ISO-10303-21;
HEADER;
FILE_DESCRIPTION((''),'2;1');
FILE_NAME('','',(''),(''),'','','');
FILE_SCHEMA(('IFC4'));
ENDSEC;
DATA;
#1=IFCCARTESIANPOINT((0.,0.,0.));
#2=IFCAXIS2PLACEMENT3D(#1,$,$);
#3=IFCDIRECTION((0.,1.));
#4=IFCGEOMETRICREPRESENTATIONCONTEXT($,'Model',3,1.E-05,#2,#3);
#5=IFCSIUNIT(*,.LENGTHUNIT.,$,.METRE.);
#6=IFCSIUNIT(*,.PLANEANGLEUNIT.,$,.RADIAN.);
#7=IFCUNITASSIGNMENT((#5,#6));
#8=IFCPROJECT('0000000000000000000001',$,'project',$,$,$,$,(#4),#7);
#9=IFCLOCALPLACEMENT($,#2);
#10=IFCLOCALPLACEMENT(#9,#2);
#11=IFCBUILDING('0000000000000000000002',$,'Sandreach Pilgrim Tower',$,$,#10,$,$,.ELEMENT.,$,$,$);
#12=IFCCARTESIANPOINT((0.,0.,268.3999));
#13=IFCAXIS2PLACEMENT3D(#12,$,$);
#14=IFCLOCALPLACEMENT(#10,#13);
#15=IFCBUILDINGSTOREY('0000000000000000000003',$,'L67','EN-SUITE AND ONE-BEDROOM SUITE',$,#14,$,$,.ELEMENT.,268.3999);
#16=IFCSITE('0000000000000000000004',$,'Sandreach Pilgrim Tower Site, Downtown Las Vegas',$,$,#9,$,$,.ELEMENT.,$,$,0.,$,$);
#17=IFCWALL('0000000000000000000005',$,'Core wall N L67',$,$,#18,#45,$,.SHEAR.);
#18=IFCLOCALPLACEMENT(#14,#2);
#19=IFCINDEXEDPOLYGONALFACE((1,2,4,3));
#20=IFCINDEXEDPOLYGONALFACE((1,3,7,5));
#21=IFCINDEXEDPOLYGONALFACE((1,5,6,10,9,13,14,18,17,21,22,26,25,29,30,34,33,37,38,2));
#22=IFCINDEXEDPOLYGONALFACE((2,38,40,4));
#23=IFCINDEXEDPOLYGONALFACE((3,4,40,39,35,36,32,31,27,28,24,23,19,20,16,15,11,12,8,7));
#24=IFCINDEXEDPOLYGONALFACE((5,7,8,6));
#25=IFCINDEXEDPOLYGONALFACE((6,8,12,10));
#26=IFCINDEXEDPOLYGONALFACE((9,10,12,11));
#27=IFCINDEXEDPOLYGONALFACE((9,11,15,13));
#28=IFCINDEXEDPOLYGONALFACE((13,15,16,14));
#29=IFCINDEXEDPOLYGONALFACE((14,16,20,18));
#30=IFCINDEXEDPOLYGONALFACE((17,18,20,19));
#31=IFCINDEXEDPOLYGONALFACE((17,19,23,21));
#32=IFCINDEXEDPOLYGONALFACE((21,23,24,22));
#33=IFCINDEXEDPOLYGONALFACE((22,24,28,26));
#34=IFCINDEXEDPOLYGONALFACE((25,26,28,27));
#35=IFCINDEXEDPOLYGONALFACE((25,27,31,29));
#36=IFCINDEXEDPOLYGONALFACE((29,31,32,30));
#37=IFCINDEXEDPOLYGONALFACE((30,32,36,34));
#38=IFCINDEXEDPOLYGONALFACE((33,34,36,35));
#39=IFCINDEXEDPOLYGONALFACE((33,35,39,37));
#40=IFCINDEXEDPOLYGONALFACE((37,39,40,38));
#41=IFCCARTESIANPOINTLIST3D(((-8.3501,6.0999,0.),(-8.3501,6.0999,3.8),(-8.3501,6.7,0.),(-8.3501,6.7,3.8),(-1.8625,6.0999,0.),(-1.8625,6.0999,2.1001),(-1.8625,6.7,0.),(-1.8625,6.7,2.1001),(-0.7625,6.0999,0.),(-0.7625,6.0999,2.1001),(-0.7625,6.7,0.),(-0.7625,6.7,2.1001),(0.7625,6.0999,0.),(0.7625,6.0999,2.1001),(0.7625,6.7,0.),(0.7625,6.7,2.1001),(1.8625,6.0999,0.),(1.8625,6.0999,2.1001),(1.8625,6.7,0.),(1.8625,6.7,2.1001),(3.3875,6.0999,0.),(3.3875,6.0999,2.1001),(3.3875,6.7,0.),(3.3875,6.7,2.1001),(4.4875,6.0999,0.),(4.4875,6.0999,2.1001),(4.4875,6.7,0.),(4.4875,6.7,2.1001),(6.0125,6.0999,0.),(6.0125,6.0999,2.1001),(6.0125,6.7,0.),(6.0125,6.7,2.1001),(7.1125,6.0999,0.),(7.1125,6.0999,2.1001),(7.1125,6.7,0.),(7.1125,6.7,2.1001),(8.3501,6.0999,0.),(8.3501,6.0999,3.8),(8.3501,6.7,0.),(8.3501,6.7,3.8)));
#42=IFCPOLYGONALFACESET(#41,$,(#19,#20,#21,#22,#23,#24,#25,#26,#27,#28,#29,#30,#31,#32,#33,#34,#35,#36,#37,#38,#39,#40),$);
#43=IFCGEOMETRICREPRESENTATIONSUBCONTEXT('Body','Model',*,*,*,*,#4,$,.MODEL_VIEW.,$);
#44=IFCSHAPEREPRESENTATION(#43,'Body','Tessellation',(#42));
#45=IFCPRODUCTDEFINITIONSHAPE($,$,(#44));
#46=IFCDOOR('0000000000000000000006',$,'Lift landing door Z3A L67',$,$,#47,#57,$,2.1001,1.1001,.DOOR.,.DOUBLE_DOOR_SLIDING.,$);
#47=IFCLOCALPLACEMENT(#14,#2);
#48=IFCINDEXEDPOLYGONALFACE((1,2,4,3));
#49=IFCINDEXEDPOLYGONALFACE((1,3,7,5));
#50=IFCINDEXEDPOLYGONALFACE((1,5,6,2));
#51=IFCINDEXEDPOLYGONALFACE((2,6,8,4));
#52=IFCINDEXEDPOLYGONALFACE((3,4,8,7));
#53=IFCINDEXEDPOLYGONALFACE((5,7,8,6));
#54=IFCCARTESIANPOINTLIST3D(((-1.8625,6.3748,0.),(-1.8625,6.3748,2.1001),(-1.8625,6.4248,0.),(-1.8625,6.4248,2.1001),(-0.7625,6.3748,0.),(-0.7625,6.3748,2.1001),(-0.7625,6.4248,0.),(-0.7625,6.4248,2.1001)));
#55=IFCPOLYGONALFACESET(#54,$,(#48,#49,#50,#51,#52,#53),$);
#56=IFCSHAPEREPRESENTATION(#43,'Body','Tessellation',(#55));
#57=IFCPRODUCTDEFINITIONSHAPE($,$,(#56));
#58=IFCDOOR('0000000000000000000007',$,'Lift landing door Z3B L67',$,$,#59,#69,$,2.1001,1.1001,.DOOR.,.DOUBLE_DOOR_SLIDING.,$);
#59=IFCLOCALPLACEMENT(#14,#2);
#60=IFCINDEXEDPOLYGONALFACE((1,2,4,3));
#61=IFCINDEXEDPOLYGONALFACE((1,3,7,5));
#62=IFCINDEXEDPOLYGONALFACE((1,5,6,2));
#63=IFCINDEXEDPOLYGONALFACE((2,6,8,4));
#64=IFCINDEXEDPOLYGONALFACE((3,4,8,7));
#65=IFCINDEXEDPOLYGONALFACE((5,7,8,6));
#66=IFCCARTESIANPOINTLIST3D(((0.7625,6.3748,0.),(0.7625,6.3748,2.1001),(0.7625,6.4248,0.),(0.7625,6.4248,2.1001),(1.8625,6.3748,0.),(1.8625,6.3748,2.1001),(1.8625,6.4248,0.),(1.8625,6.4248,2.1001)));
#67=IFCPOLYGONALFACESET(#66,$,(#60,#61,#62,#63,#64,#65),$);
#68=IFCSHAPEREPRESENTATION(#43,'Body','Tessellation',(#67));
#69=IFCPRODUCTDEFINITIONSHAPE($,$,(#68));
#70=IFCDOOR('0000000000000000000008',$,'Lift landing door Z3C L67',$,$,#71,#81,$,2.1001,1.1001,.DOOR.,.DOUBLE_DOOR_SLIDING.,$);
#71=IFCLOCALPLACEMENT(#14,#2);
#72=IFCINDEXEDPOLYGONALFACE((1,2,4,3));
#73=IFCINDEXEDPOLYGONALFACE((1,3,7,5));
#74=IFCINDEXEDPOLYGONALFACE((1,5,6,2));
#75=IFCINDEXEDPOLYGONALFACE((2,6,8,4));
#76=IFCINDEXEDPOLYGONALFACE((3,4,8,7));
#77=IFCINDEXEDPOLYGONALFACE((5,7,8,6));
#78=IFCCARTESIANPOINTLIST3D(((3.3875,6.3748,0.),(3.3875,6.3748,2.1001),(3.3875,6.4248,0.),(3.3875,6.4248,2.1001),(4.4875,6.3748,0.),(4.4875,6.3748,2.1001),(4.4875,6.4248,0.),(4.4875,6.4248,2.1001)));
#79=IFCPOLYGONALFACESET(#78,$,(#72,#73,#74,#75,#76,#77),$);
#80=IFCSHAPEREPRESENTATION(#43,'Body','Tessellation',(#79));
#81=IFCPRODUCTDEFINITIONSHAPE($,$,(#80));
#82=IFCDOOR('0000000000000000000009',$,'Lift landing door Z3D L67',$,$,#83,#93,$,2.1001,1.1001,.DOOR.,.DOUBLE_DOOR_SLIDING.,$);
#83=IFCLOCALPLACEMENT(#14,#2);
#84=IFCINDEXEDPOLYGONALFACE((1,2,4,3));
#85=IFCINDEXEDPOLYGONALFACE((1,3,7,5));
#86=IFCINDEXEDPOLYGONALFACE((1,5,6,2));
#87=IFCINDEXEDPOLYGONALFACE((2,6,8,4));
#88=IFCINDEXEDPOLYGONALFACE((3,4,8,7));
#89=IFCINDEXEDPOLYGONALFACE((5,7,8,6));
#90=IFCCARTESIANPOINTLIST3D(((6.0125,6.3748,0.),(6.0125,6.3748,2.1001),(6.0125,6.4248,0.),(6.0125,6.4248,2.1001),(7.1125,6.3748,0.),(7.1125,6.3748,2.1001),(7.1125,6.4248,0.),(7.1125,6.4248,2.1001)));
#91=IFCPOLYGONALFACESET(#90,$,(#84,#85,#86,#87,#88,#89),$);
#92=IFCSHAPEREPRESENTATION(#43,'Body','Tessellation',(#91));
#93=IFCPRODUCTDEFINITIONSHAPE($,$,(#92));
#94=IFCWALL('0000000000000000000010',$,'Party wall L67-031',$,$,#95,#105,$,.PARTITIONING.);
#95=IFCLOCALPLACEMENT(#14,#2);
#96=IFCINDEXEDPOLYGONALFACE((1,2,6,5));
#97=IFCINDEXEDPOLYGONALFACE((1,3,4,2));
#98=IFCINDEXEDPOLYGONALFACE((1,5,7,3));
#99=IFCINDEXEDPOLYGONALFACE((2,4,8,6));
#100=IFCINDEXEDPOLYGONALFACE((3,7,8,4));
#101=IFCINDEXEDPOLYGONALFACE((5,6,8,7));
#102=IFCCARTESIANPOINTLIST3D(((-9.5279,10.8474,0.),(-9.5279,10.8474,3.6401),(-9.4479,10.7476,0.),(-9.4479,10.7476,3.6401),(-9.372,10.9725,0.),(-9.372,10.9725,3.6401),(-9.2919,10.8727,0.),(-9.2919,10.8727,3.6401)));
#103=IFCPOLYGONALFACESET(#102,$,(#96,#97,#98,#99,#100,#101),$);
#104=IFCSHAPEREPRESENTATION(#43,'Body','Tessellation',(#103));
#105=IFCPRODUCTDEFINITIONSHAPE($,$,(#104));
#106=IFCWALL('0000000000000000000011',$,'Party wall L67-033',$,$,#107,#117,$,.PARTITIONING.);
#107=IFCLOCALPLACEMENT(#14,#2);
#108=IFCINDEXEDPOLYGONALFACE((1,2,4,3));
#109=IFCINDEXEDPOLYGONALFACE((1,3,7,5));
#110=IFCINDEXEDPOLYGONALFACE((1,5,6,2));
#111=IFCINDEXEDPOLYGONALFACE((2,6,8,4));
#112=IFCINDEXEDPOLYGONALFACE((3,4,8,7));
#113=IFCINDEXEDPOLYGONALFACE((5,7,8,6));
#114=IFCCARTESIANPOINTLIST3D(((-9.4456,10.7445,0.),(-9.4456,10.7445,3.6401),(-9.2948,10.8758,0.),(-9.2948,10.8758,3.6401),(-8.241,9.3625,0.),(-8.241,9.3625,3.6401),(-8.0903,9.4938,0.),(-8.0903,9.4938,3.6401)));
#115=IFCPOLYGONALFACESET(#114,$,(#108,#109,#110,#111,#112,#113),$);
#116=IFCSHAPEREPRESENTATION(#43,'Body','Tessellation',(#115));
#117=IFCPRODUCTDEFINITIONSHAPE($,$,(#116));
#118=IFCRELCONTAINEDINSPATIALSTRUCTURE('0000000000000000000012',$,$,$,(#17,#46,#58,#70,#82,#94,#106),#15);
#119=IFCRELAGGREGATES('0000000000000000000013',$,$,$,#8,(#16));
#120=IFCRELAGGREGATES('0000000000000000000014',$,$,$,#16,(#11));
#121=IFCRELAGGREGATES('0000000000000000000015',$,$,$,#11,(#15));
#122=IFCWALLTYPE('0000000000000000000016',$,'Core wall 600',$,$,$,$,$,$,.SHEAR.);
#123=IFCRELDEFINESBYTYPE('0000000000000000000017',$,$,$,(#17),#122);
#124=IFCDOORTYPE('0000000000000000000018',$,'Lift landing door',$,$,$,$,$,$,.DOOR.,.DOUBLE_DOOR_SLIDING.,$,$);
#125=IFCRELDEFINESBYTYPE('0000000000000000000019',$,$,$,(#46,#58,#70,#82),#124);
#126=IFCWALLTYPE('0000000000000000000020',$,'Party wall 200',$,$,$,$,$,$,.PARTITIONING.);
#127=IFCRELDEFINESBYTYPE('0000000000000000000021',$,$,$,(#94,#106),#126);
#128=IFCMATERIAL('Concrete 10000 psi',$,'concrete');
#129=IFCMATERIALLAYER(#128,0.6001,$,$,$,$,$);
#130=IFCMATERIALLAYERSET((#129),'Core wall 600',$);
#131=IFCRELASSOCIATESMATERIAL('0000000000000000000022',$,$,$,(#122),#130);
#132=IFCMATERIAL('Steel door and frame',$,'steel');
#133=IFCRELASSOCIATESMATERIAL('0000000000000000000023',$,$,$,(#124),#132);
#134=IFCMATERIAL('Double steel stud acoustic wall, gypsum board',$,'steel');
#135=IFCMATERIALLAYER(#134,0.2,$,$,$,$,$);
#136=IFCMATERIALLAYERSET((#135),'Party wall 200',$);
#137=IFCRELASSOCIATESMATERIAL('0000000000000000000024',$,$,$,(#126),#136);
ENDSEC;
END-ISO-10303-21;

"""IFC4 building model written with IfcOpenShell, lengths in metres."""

from ifc_helpers import new_model, si_unit, direction, frame, frame_2d, origin, place, context, subcontext, project, spatial, rectangle, extrude, material, layer, layer_set, type_object, element, fill, save


model = new_model("IFC4")

# Units and contexts
model_context = context("Model", 3, precision=1e-05, world=origin(), true_north=direction((0.0, 1.0)))
body_context = subcontext(model_context, "Body", "Model", "MODEL_VIEW")
ifc_project = project(units=[si_unit("LENGTHUNIT", "METRE"), si_unit("PLANEANGLEUNIT", "RADIAN")], contexts=[model_context])

# Site, building, storey
site_placement = place(None, origin())
site = spatial("IfcSite", under=ifc_project, at=site_placement, Name="Sandreach Pilgrim Tower Site, Downtown Las Vegas", CompositionType="ELEMENT", RefElevation=0.0)
building_placement = place(site_placement, origin())
building = spatial("IfcBuilding", under=site, at=building_placement, Name="Sandreach Pilgrim Tower", CompositionType="ELEMENT")
storey_placement = place(building_placement, frame((0.0, 0.0, 268.3999)))
storey = spatial("IfcBuildingStorey", under=building, at=storey_placement, Name="L67", Description="EN-SUITE AND ONE-BEDROOM SUITE", CompositionType="ELEMENT", Elevation=268.3999)

# Wall, openings, doors
ifc_material_1 = material(Name="Concrete 10000 psi", Category="concrete")
ifc_layer_1 = layer(ifc_material_1, 0.6001)
ifc_layer_set_1 = layer_set([ifc_layer_1], Name="Core wall 600")
wall_type_1 = type_object("IfcWallType", Name="Core wall 600", PredefinedType="SHEAR", material=ifc_layer_set_1)
wall_1_placement = place(storey_placement, frame((-8.3501, 6.3999, 0.0), z_axis=(0.0, 0.0, 1.0), x_axis=(1.0, 0.0, 0.0)))
wall_1 = element("IfcWall", 1, at=wall_1_placement, inside=storey, type_object=wall_type_1, Name="Core wall N L67", PredefinedType="SHEAR", context=body_context, shape_type="SweptSolid", body=[
    extrude(rectangle(XDim=16.7002, YDim=0.6001, at=frame_2d((8.3501, 0.0))), origin(), (0.0, 0.0, 1.0), 3.8),
])
opening_1_placement = place(wall_1_placement, frame((6.4875, 0.0, 0.0)))
opening_1 = element("IfcOpeningElement", 2, at=opening_1_placement, cuts=wall_1, PredefinedType="OPENING", context=body_context, shape_type="SweptSolid", body=[
    extrude(rectangle(XDim=1.1001, YDim=2.1001, at=frame_2d((0.55, 1.05))), frame((0.0, 0.3, 0.0), z_axis=(0.0, -1.0, 0.0), x_axis=(1.0, 0.0, 0.0)), (0.0, 0.0, 1.0), 0.6001),
])
opening_2_placement = place(wall_1_placement, frame((9.1125, 0.0, 0.0)))
opening_2 = element("IfcOpeningElement", 3, at=opening_2_placement, cuts=wall_1, PredefinedType="OPENING", context=body_context, shape_type="SweptSolid", body=[
    extrude(rectangle(XDim=1.1001, YDim=2.1001, at=frame_2d((0.55, 1.05))), frame((0.0, 0.3, 0.0), z_axis=(0.0, -1.0, 0.0), x_axis=(1.0, 0.0, 0.0)), (0.0, 0.0, 1.0), 0.6001),
])
opening_3_placement = place(wall_1_placement, frame((11.7375, 0.0, 0.0)))
opening_3 = element("IfcOpeningElement", 4, at=opening_3_placement, cuts=wall_1, PredefinedType="OPENING", context=body_context, shape_type="SweptSolid", body=[
    extrude(rectangle(XDim=1.1001, YDim=2.1001, at=frame_2d((0.55, 1.05))), frame((0.0, 0.3, 0.0), z_axis=(0.0, -1.0, 0.0), x_axis=(1.0, 0.0, 0.0)), (0.0, 0.0, 1.0), 0.6001),
])
opening_4_placement = place(wall_1_placement, frame((14.3625, 0.0, 0.0)))
opening_4 = element("IfcOpeningElement", 5, at=opening_4_placement, cuts=wall_1, PredefinedType="OPENING", context=body_context, shape_type="SweptSolid", body=[
    extrude(rectangle(XDim=1.1001, YDim=2.1001, at=frame_2d((0.55, 1.05))), frame((0.0, 0.3, 0.0), z_axis=(0.0, -1.0, 0.0), x_axis=(1.0, 0.0, 0.0)), (0.0, 0.0, 1.0), 0.6001),
])
ifc_material_2 = material(Name="Steel door and frame", Category="steel")
door_type_1 = type_object("IfcDoorType", Name="Lift landing door", OperationType="DOUBLE_DOOR_SLIDING", PredefinedType="DOOR", material=ifc_material_2)
door_1_placement = place(opening_1_placement, origin())
door_1 = element("IfcDoor", 6, at=door_1_placement, inside=storey, type_object=door_type_1, Name="Lift landing door Z3A L67", OperationType="DOUBLE_DOOR_SLIDING", OverallHeight=2.1001, OverallWidth=1.1001, PredefinedType="DOOR", context=body_context, shape_type="SweptSolid", body=[
    extrude(rectangle(XDim=1.1001, YDim=2.1001, at=frame_2d((0.55, 1.05))), frame((0.0, 0.0249, 0.0), z_axis=(0.0, -1.0, 0.0), x_axis=(1.0, 0.0, 0.0)), (0.0, 0.0, 1.0), 0.05),
])
fill(opening_1, door_1)
door_2_placement = place(opening_2_placement, origin())
door_2 = element("IfcDoor", 7, at=door_2_placement, inside=storey, type_object=door_type_1, Name="Lift landing door Z3B L67", OperationType="DOUBLE_DOOR_SLIDING", OverallHeight=2.1001, OverallWidth=1.1001, PredefinedType="DOOR", context=body_context, shape_type="SweptSolid", body=[
    extrude(rectangle(XDim=1.1001, YDim=2.1001, at=frame_2d((0.55, 1.05))), frame((0.0, 0.0249, 0.0), z_axis=(0.0, -1.0, 0.0), x_axis=(1.0, 0.0, 0.0)), (0.0, 0.0, 1.0), 0.05),
])
fill(opening_2, door_2)
door_3_placement = place(opening_3_placement, origin())
door_3 = element("IfcDoor", 8, at=door_3_placement, inside=storey, type_object=door_type_1, Name="Lift landing door Z3C L67", OperationType="DOUBLE_DOOR_SLIDING", OverallHeight=2.1001, OverallWidth=1.1001, PredefinedType="DOOR", context=body_context, shape_type="SweptSolid", body=[
    extrude(rectangle(XDim=1.1001, YDim=2.1001, at=frame_2d((0.55, 1.05))), frame((0.0, 0.0249, 0.0), z_axis=(0.0, -1.0, 0.0), x_axis=(1.0, 0.0, 0.0)), (0.0, 0.0, 1.0), 0.05),
])
fill(opening_3, door_3)
door_4_placement = place(opening_4_placement, origin())
door_4 = element("IfcDoor", 9, at=door_4_placement, inside=storey, type_object=door_type_1, Name="Lift landing door Z3D L67", OperationType="DOUBLE_DOOR_SLIDING", OverallHeight=2.1001, OverallWidth=1.1001, PredefinedType="DOOR", context=body_context, shape_type="SweptSolid", body=[
    extrude(rectangle(XDim=1.1001, YDim=2.1001, at=frame_2d((0.55, 1.05))), frame((0.0, 0.0249, 0.0), z_axis=(0.0, -1.0, 0.0), x_axis=(1.0, 0.0, 0.0)), (0.0, 0.0, 1.0), 0.05),
])
fill(opening_4, door_4)

# Walls
ifc_material_3 = material(Name="Double steel stud acoustic wall, gypsum board", Category="steel")
ifc_layer_2 = layer(ifc_material_3, 0.2)
ifc_layer_set_2 = layer_set([ifc_layer_2], Name="Party wall 200")
wall_type_2 = type_object("IfcWallType", Name="Party wall 200", PredefinedType="PARTITIONING", material=ifc_layer_set_2)
wall_2_placement = place(storey_placement, frame((-9.45, 10.9099, 0.0), z_axis=(0.0, 0.0, 1.0), x_axis=(0.625625, -0.780124, 0.0)))
element("IfcWall", 10, at=wall_2_placement, inside=storey, type_object=wall_type_2, Name="Party wall L67-031", PredefinedType="PARTITIONING", context=body_context, shape_type="SweptSolid", body=[
    extrude(rectangle(XDim=0.1279, YDim=0.2, at=frame_2d((0.064, 0.0))), origin(), (0.0, 0.0, 1.0), 3.6401),
])
wall_3_placement = place(storey_placement, frame((-9.3701, 10.8101, 0.0), z_axis=(0.0, 0.0, 1.0), x_axis=(0.657042, -0.753854, 0.0)))
element("IfcWall", 11, at=wall_3_placement, inside=storey, type_object=wall_type_2, Name="Party wall L67-033", PredefinedType="PARTITIONING", context=body_context, shape_type="SweptSolid", body=[
    extrude(rectangle(XDim=1.8333, YDim=0.2, at=frame_2d((0.9165, 0.0))), origin(), (0.0, 0.0, 1.0), 3.6401),
])

save(model, "model.ifc")
